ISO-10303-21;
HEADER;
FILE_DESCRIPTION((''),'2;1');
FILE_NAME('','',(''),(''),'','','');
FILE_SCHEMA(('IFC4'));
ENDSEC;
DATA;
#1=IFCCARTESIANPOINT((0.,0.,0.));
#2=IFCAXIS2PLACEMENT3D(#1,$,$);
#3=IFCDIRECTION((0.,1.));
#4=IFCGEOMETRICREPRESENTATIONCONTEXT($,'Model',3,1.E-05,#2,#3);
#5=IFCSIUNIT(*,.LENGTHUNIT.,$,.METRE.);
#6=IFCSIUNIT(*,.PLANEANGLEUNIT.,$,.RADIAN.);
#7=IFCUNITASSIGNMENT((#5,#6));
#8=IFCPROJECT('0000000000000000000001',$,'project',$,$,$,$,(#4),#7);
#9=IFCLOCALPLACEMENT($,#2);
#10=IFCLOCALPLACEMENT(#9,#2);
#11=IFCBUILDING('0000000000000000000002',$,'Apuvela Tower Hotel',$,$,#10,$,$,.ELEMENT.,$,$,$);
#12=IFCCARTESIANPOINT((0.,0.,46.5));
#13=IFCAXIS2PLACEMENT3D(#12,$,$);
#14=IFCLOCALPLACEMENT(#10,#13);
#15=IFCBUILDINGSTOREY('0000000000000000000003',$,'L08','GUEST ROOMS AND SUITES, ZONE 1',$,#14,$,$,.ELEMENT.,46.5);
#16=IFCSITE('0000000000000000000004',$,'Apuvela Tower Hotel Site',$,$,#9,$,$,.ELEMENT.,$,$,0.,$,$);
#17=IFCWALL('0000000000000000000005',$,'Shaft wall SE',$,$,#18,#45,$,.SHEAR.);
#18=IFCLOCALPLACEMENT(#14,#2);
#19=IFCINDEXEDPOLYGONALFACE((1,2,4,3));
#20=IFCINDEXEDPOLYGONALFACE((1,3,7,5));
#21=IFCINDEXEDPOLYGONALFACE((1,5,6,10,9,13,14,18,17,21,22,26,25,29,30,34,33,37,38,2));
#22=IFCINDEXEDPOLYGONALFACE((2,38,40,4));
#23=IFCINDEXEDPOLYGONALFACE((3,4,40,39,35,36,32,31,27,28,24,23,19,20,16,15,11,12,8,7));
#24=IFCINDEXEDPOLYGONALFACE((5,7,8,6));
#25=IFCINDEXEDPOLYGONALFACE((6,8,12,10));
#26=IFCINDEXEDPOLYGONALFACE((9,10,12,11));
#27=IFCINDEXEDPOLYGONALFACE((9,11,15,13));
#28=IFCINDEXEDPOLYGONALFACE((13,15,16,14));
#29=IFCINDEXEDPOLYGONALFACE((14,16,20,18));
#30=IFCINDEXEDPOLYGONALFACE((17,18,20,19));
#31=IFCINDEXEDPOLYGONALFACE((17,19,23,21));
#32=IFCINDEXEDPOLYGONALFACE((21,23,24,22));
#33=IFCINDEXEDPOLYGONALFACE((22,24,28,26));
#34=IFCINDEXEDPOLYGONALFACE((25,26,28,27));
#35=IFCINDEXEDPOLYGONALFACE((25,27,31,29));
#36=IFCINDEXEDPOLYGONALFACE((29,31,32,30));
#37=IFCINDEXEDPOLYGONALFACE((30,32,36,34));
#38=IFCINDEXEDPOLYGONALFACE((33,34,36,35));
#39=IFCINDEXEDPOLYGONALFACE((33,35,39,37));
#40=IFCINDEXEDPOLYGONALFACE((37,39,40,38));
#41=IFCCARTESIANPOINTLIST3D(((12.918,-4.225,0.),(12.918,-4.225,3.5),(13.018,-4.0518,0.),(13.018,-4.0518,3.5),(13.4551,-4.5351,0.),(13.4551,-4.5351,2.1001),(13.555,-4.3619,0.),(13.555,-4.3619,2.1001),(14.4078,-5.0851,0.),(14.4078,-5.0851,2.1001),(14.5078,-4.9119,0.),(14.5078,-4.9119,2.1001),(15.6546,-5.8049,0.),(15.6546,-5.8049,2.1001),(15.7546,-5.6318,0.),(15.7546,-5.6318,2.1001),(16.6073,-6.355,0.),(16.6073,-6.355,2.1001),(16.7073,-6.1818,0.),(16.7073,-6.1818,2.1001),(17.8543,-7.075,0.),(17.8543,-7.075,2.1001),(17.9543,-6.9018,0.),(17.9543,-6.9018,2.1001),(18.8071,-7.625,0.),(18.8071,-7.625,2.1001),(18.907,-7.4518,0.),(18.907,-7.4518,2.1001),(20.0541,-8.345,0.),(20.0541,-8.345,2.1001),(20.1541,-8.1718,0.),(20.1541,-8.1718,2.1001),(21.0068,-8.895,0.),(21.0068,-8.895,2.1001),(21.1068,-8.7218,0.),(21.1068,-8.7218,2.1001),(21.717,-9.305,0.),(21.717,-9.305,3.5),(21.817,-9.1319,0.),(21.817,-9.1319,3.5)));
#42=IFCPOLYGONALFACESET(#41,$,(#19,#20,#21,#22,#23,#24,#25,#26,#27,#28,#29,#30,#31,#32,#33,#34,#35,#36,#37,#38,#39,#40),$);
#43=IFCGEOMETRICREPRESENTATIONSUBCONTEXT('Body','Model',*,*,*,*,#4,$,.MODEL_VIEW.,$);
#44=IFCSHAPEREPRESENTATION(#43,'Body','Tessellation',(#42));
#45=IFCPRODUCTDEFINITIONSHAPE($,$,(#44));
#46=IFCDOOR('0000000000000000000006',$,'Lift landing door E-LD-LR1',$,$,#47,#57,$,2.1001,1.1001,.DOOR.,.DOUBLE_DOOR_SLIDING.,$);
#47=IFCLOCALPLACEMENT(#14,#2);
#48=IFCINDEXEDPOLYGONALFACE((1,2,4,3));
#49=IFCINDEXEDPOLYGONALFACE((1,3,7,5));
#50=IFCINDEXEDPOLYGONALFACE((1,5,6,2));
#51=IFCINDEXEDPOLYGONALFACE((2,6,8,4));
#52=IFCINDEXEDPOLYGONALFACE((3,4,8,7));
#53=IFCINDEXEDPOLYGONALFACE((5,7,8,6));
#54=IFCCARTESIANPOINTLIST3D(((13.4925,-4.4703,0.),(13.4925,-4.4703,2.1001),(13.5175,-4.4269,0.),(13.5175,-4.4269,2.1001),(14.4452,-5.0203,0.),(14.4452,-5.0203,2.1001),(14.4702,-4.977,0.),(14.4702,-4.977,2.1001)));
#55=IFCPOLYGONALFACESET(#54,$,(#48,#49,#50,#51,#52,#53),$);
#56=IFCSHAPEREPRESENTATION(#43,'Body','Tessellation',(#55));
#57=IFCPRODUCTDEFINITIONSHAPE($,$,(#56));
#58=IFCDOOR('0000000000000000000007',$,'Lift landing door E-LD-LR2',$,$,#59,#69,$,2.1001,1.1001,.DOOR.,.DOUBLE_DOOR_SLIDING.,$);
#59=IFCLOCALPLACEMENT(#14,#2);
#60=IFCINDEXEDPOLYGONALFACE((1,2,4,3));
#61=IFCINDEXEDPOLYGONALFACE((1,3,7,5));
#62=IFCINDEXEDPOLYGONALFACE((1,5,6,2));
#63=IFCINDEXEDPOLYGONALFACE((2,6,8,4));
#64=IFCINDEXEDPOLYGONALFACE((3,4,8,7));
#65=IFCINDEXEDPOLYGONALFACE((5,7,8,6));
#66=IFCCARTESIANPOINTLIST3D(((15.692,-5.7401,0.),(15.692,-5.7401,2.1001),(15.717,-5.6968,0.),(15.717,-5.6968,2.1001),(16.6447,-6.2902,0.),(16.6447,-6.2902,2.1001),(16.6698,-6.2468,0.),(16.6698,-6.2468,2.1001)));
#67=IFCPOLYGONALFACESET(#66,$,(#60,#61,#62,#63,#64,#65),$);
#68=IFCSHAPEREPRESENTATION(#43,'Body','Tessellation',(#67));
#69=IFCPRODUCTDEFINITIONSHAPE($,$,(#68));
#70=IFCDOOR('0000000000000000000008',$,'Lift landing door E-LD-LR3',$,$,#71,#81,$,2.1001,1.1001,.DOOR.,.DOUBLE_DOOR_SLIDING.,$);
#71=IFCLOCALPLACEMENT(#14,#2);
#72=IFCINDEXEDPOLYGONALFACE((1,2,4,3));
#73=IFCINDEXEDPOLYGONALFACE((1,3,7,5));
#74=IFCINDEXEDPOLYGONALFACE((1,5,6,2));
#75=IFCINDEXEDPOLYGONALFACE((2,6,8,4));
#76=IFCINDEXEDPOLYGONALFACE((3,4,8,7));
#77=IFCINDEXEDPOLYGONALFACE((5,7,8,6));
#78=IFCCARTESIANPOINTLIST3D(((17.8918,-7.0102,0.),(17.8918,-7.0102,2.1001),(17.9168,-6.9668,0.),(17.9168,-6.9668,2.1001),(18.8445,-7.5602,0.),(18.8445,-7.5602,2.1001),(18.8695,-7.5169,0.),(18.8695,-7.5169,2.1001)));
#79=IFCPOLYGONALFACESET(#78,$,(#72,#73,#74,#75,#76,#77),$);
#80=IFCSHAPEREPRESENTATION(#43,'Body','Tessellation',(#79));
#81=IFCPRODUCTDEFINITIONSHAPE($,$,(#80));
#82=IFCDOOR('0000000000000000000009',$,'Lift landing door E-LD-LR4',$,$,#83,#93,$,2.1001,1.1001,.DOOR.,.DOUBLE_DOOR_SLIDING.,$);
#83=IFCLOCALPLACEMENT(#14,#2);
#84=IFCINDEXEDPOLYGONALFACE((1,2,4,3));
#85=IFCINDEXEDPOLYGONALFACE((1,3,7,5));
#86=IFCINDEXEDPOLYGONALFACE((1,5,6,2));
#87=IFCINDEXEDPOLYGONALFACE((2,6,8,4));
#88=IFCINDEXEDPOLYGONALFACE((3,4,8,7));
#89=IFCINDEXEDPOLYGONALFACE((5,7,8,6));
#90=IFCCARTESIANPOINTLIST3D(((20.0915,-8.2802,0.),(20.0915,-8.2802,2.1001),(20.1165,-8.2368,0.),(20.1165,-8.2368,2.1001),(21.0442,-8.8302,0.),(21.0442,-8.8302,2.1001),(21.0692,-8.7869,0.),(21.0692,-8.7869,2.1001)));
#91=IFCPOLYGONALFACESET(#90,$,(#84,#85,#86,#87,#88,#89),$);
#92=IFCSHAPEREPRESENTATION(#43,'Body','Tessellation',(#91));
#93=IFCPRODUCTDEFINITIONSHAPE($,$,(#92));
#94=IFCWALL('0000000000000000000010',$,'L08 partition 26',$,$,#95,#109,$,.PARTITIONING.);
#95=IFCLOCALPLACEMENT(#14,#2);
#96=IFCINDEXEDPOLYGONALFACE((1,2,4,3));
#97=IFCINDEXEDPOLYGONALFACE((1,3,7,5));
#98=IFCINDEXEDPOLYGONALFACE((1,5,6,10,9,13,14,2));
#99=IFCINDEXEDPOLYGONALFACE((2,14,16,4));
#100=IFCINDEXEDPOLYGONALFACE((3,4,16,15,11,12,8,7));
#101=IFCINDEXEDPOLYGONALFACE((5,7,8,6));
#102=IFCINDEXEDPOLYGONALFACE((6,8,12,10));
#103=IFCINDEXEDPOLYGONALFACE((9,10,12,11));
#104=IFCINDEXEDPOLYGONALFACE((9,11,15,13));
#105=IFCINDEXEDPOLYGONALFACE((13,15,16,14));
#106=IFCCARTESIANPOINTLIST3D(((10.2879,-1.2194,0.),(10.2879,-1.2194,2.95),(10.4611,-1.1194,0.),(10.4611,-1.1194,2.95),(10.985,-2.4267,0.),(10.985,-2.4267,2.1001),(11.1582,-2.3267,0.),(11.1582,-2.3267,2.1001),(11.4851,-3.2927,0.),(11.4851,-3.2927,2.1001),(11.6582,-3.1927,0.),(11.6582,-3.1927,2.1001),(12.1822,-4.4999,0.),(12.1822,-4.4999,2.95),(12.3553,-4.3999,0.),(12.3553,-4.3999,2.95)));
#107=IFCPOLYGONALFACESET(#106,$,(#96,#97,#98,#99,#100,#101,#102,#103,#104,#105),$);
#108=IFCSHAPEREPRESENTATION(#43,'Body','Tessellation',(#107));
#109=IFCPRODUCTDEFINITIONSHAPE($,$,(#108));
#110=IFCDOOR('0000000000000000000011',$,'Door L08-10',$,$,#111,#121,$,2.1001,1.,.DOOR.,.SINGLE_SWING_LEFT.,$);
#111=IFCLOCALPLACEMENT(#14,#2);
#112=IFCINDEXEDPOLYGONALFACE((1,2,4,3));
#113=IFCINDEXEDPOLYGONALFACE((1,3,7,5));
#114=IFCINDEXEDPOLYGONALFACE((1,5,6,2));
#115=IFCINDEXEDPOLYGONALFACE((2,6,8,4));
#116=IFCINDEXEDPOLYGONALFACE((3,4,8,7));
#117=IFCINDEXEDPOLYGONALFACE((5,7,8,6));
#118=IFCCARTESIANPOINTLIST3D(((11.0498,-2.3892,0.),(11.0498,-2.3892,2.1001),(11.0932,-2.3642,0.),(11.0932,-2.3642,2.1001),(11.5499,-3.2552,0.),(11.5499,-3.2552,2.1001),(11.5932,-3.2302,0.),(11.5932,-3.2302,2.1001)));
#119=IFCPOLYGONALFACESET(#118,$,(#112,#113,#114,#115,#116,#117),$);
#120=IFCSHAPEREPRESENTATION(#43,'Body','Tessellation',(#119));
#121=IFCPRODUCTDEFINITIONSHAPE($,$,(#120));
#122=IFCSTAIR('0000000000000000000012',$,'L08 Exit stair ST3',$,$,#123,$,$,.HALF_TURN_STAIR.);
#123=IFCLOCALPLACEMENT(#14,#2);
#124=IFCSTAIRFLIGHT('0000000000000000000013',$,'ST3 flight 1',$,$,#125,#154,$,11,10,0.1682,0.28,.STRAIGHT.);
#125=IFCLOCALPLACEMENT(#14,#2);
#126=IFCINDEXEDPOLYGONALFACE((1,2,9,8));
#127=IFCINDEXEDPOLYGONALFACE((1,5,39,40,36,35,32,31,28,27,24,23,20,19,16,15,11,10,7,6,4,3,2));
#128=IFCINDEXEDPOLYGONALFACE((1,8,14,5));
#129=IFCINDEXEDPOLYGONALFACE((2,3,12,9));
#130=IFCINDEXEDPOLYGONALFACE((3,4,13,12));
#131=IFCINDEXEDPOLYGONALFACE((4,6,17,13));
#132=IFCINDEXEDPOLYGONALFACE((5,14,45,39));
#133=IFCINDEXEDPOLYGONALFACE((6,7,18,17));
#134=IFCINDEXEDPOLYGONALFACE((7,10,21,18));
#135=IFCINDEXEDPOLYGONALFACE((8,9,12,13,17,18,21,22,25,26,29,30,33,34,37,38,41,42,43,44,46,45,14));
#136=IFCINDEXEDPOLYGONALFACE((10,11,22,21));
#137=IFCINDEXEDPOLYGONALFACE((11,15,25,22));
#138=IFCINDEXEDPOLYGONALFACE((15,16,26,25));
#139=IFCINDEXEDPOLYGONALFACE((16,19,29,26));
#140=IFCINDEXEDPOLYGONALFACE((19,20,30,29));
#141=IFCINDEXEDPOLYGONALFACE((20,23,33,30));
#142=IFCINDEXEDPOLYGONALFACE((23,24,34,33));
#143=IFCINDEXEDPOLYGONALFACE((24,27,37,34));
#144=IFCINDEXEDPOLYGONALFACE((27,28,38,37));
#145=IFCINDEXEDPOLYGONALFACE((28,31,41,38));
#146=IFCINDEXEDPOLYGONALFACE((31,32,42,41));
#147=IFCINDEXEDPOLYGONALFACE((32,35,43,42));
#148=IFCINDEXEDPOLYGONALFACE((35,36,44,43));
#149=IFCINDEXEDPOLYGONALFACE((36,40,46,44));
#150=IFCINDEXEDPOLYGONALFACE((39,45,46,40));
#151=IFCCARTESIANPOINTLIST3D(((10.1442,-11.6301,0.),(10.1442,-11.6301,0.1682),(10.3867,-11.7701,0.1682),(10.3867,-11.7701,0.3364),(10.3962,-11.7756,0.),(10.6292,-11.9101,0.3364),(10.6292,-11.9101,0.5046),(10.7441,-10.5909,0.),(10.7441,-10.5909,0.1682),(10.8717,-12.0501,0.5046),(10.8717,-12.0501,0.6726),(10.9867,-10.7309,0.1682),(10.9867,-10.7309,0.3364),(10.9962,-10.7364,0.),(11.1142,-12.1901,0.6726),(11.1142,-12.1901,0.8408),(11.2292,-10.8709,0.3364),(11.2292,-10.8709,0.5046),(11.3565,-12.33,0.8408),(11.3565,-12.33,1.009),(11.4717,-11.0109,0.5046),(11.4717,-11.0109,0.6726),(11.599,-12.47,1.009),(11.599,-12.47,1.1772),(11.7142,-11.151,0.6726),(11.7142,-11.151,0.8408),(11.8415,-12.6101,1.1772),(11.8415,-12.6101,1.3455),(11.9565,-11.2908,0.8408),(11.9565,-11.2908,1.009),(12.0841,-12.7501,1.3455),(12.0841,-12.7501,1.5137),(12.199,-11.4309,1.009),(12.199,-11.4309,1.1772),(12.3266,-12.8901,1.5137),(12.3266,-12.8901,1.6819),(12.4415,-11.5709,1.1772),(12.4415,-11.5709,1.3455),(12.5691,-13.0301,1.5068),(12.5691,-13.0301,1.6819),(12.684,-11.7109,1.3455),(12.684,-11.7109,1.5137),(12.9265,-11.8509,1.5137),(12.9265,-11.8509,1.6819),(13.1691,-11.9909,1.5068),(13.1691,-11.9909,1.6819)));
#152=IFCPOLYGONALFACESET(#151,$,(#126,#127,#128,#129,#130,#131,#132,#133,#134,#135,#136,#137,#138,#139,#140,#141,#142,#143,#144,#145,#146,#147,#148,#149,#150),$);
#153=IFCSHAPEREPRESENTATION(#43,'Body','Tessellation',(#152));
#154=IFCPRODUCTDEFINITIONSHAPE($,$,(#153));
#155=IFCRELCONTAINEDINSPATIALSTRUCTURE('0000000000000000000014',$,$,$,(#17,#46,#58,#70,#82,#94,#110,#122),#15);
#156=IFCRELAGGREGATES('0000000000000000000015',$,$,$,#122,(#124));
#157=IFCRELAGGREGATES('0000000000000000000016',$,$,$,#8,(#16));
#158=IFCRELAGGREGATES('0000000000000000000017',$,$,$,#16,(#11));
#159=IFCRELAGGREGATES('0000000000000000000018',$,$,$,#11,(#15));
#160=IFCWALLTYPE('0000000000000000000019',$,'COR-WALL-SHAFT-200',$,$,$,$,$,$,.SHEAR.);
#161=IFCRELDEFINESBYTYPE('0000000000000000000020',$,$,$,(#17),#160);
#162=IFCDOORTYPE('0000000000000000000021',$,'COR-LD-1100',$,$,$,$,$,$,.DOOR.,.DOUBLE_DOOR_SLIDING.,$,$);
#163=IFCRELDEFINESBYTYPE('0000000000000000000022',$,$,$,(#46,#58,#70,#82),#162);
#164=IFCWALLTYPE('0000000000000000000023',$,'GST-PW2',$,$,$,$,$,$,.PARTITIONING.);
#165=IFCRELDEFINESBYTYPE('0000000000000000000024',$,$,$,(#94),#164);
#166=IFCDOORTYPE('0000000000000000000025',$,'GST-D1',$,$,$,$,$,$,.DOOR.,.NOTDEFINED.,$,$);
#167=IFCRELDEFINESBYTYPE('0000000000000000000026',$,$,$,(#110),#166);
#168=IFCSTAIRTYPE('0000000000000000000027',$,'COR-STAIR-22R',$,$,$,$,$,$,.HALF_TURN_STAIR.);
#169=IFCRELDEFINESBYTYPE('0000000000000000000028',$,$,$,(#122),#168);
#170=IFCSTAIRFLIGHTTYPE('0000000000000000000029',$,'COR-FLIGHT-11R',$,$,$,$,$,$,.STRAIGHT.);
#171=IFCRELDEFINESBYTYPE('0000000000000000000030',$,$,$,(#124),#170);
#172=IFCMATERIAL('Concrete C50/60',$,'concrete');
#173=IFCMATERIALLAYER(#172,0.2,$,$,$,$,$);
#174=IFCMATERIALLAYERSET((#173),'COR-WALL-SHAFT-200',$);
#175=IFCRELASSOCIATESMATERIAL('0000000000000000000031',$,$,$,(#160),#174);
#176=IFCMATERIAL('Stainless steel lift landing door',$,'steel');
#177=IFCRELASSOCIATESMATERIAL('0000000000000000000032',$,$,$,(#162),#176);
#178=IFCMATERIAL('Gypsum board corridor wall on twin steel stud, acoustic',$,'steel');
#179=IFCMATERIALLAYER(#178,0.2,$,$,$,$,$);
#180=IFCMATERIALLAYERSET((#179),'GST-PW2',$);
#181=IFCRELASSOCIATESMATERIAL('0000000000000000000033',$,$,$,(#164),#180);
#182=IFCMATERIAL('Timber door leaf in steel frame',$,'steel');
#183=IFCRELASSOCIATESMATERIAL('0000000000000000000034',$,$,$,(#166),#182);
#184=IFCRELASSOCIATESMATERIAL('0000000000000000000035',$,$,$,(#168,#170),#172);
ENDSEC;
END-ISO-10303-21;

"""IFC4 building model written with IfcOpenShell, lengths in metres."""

from ifc_helpers import new_model, si_unit, direction, frame, frame_2d, origin, place, context, subcontext, project, spatial, polyline, rectangle, outline, extrude, material, layer, layer_set, type_object, element, fill, aggregate, save


model = new_model("IFC4")

# Units and contexts
model_context = context("Model", 3, precision=1e-05, world=origin(), true_north=direction((0.0, 1.0)))
body_context = subcontext(model_context, "Body", "Model", "MODEL_VIEW")
ifc_project = project(units=[si_unit("LENGTHUNIT", "METRE"), si_unit("PLANEANGLEUNIT", "RADIAN")], contexts=[model_context])

# Site, building, storey
site_placement = place(None, origin())
site = spatial("IfcSite", under=ifc_project, at=site_placement, Name="Apuvela Tower Hotel Site", CompositionType="ELEMENT", RefElevation=0.0)
building_placement = place(site_placement, origin())
building = spatial("IfcBuilding", under=site, at=building_placement, Name="Apuvela Tower Hotel", CompositionType="ELEMENT")
storey_placement = place(building_placement, frame((0.0, 0.0, 46.5)))
storey = spatial("IfcBuildingStorey", under=building, at=storey_placement, Name="L08", Description="GUEST ROOMS AND SUITES, ZONE 1", CompositionType="ELEMENT", Elevation=46.5)

# Shared definitions
ifc_material_1 = material(Name="Concrete C50/60", Category="concrete")

# Shared definitions
ifc_layer_1 = layer(ifc_material_1, 0.2)
ifc_layer_set_1 = layer_set([ifc_layer_1], Name="COR-WALL-SHAFT-200")
wall_type_1 = type_object("IfcWallType", Name="COR-WALL-SHAFT-200", PredefinedType="SHEAR", material=ifc_layer_set_1)
ifc_material_2 = material(Name="Stainless steel lift landing door", Category="steel")

# Wall, openings, doors
wall_1_placement = place(storey_placement, frame((12.968, -4.1384, 0.0), z_axis=(0.0, 0.0, 1.0), x_axis=(0.866028, -0.499995, 0.0)))
wall_1 = element("IfcWall", 1, at=wall_1_placement, inside=storey, type_object=wall_type_1, Name="Shaft wall SE", PredefinedType="SHEAR", context=body_context, shape_type="SweptSolid", body=[
    extrude(rectangle(XDim=10.1602, YDim=0.2, at=frame_2d((5.0801, 0.0))), origin(), (0.0, 0.0, 1.0), 3.5),
])
opening_1_placement = place(wall_1_placement, frame((0.6201, 0.0, 0.0)))
opening_1 = element("IfcOpeningElement", 2, at=opening_1_placement, cuts=wall_1, PredefinedType="OPENING", context=body_context, shape_type="SweptSolid", body=[
    extrude(rectangle(XDim=1.1001, YDim=2.1001, at=frame_2d((0.55, 1.05))), frame((0.0, 0.1099, 0.0), z_axis=(0.0, -1.0, 0.0), x_axis=(1.0, 0.0, 0.0)), (0.0, 0.0, 1.0), 0.22),
])
opening_2_placement = place(wall_1_placement, frame((3.1599, 0.0, 0.0)))
opening_2 = element("IfcOpeningElement", 3, at=opening_2_placement, cuts=wall_1, PredefinedType="OPENING", context=body_context, shape_type="SweptSolid", body=[
    extrude(rectangle(XDim=1.1001, YDim=2.1001, at=frame_2d((0.55, 1.05))), frame((0.0, 0.1099, 0.0), z_axis=(0.0, -1.0, 0.0), x_axis=(1.0, 0.0, 0.0)), (0.0, 0.0, 1.0), 0.22),
])
opening_3_placement = place(wall_1_placement, frame((5.7, 0.0, 0.0)))
opening_3 = element("IfcOpeningElement", 4, at=opening_3_placement, cuts=wall_1, PredefinedType="OPENING", context=body_context, shape_type="SweptSolid", body=[
    extrude(rectangle(XDim=1.1001, YDim=2.1001, at=frame_2d((0.55, 1.05))), frame((0.0, 0.1099, 0.0), z_axis=(0.0, -1.0, 0.0), x_axis=(1.0, 0.0, 0.0)), (0.0, 0.0, 1.0), 0.22),
])
opening_4_placement = place(wall_1_placement, frame((8.24, 0.0, 0.0)))
opening_4 = element("IfcOpeningElement", 5, at=opening_4_placement, cuts=wall_1, PredefinedType="OPENING", context=body_context, shape_type="SweptSolid", body=[
    extrude(rectangle(XDim=1.1001, YDim=2.1001, at=frame_2d((0.55, 1.05))), frame((0.0, 0.1099, 0.0), z_axis=(0.0, -1.0, 0.0), x_axis=(1.0, 0.0, 0.0)), (0.0, 0.0, 1.0), 0.22),
])
door_type_1 = type_object("IfcDoorType", Name="COR-LD-1100", OperationType="DOUBLE_DOOR_SLIDING", PredefinedType="DOOR", material=ifc_material_2)
door_1_placement = place(opening_1_placement, origin())
door_1 = element("IfcDoor", 6, at=door_1_placement, inside=storey, type_object=door_type_1, Name="Lift landing door E-LD-LR1", OperationType="DOUBLE_DOOR_SLIDING", OverallHeight=2.1001, OverallWidth=1.1001, PredefinedType="DOOR", context=body_context, shape_type="SweptSolid", body=[
    extrude(rectangle(XDim=1.1001, YDim=2.1001, at=frame_2d((0.55, 1.05))), frame((0.0, 0.0249, 0.0), z_axis=(0.0, -1.0, 0.0), x_axis=(1.0, 0.0, 0.0)), (0.0, 0.0, 1.0), 0.05),
])
fill(opening_1, door_1)
door_2_placement = place(opening_2_placement, origin())
door_2 = element("IfcDoor", 7, at=door_2_placement, inside=storey, type_object=door_type_1, Name="Lift landing door E-LD-LR2", OperationType="DOUBLE_DOOR_SLIDING", OverallHeight=2.1001, OverallWidth=1.1001, PredefinedType="DOOR", context=body_context, shape_type="SweptSolid", body=[
    extrude(rectangle(XDim=1.1001, YDim=2.1001, at=frame_2d((0.55, 1.05))), frame((0.0, 0.0249, 0.0), z_axis=(0.0, -1.0, 0.0), x_axis=(1.0, 0.0, 0.0)), (0.0, 0.0, 1.0), 0.05),
])
fill(opening_2, door_2)
door_3_placement = place(opening_3_placement, origin())
door_3 = element("IfcDoor", 8, at=door_3_placement, inside=storey, type_object=door_type_1, Name="Lift landing door E-LD-LR3", OperationType="DOUBLE_DOOR_SLIDING", OverallHeight=2.1001, OverallWidth=1.1001, PredefinedType="DOOR", context=body_context, shape_type="SweptSolid", body=[
    extrude(rectangle(XDim=1.1001, YDim=2.1001, at=frame_2d((0.55, 1.05))), frame((0.0, 0.0249, 0.0), z_axis=(0.0, -1.0, 0.0), x_axis=(1.0, 0.0, 0.0)), (0.0, 0.0, 1.0), 0.05),
])
fill(opening_3, door_3)
door_4_placement = place(opening_4_placement, origin())
door_4 = element("IfcDoor", 9, at=door_4_placement, inside=storey, type_object=door_type_1, Name="Lift landing door E-LD-LR4", OperationType="DOUBLE_DOOR_SLIDING", OverallHeight=2.1001, OverallWidth=1.1001, PredefinedType="DOOR", context=body_context, shape_type="SweptSolid", body=[
    extrude(rectangle(XDim=1.1001, YDim=2.1001, at=frame_2d((0.55, 1.05))), frame((0.0, 0.0249, 0.0), z_axis=(0.0, -1.0, 0.0), x_axis=(1.0, 0.0, 0.0)), (0.0, 0.0, 1.0), 0.05),
])
fill(opening_4, door_4)

# Wall, opening, door
ifc_material_3 = material(Name="Gypsum board corridor wall on twin steel stud, acoustic", Category="steel")
ifc_layer_2 = layer(ifc_material_3, 0.2)
ifc_layer_set_2 = layer_set([ifc_layer_2], Name="GST-PW2")
wall_type_2 = type_object("IfcWallType", Name="GST-PW2", PredefinedType="PARTITIONING", material=ifc_layer_set_2)
wall_2_placement = place(storey_placement, frame((10.3745, -1.1694, 0.0), z_axis=(0.0, 0.0, 1.0), x_axis=(0.500055, -0.865993, 0.0)))
wall_2 = element("IfcWall", 10, at=wall_2_placement, inside=storey, type_object=wall_type_2, Name="L08 partition 26", PredefinedType="PARTITIONING", context=body_context, shape_type="SweptSolid", body=[
    extrude(rectangle(XDim=3.7881, YDim=0.2, at=frame_2d((1.894, 0.0))), origin(), (0.0, 0.0, 1.0), 2.95),
])
opening_5_placement = place(wall_2_placement, frame((1.394, 0.0, 0.0)))
opening_5 = element("IfcOpeningElement", 11, at=opening_5_placement, cuts=wall_2, PredefinedType="OPENING", context=body_context, shape_type="SweptSolid", body=[
    extrude(rectangle(XDim=1.0, YDim=2.1001, at=frame_2d((0.5, 1.05))), frame((0.0, 0.1099, 0.0), z_axis=(0.0, -1.0, 0.0), x_axis=(1.0, 0.0, 0.0)), (0.0, 0.0, 1.0), 0.22),
])
ifc_material_4 = material(Name="Timber door leaf in steel frame", Category="steel")
door_type_2 = type_object("IfcDoorType", Name="GST-D1", OperationType="NOTDEFINED", PredefinedType="DOOR", material=ifc_material_4)
door_5_placement = place(opening_5_placement, origin())
door_5 = element("IfcDoor", 12, at=door_5_placement, inside=storey, type_object=door_type_2, Name="Door L08-10", OperationType="SINGLE_SWING_LEFT", OverallHeight=2.1001, OverallWidth=1.0, PredefinedType="DOOR", context=body_context, shape_type="SweptSolid", body=[
    extrude(rectangle(XDim=1.0, YDim=2.1001, at=frame_2d((0.5, 1.05))), frame((0.0, 0.0249, 0.0), z_axis=(0.0, -1.0, 0.0), x_axis=(1.0, 0.0, 0.0)), (0.0, 0.0, 1.0), 0.05),
])
fill(opening_5, door_5)

# Stair, stair flight
stair_type = type_object("IfcStairType", Name="COR-STAIR-22R", PredefinedType="HALF_TURN_STAIR", material=ifc_material_1)
stair_placement = place(storey_placement, origin())
stair = element("IfcStair", 13, at=stair_placement, inside=storey, type_object=stair_type, Name="L08 Exit stair ST3", PredefinedType="HALF_TURN_STAIR")
stair_flight_type = type_object("IfcStairFlightType", Name="COR-FLIGHT-11R", PredefinedType="STRAIGHT", material=ifc_material_1)
stair_flight_placement = place(storey_placement, frame((10.4441, -11.1106, 0.0), z_axis=(0.0, 0.0, 1.0), x_axis=(0.866025, -0.5, 0.0)))
stair_flight = element("IfcStairFlight", 14, at=stair_flight_placement, type_object=stair_flight_type, Name="ST3 flight 1", NumberOfRisers=11, NumberOfTreads=10, PredefinedType="STRAIGHT", RiserHeight=0.1682, TreadLength=0.28, context=body_context, shape_type="SweptSolid", body=[
    extrude(outline(polyline([(0.0, 0.0), (0.0, 0.1682), (0.28, 0.1682), (0.28, 0.3364), (0.5601, 0.3364), (0.5601, 0.5046), (0.8401, 0.5046), (0.8401, 0.6726), (1.1201, 0.6726), (1.1201, 0.8408), (1.3999, 0.8408), (1.3999, 1.009), (1.6799, 1.009), (1.6799, 1.1772), (1.96, 1.1772), (1.96, 1.3455), (2.24, 1.3455), (2.24, 1.5137), (2.52, 1.5137), (2.52, 1.6819), (2.8, 1.6819), (2.8, 1.8501), (2.8, 1.5068), (0.291, 0.0), (0.0, 0.0)])), frame((0.0, 0.6001, 0.0), z_axis=(0.0, -1.0, 0.0), x_axis=(1.0, 0.0, 0.0)), (0.0, 0.0, 1.0), 1.2),
])
aggregate(stair, [stair_flight])

save(model, "model.ifc")
